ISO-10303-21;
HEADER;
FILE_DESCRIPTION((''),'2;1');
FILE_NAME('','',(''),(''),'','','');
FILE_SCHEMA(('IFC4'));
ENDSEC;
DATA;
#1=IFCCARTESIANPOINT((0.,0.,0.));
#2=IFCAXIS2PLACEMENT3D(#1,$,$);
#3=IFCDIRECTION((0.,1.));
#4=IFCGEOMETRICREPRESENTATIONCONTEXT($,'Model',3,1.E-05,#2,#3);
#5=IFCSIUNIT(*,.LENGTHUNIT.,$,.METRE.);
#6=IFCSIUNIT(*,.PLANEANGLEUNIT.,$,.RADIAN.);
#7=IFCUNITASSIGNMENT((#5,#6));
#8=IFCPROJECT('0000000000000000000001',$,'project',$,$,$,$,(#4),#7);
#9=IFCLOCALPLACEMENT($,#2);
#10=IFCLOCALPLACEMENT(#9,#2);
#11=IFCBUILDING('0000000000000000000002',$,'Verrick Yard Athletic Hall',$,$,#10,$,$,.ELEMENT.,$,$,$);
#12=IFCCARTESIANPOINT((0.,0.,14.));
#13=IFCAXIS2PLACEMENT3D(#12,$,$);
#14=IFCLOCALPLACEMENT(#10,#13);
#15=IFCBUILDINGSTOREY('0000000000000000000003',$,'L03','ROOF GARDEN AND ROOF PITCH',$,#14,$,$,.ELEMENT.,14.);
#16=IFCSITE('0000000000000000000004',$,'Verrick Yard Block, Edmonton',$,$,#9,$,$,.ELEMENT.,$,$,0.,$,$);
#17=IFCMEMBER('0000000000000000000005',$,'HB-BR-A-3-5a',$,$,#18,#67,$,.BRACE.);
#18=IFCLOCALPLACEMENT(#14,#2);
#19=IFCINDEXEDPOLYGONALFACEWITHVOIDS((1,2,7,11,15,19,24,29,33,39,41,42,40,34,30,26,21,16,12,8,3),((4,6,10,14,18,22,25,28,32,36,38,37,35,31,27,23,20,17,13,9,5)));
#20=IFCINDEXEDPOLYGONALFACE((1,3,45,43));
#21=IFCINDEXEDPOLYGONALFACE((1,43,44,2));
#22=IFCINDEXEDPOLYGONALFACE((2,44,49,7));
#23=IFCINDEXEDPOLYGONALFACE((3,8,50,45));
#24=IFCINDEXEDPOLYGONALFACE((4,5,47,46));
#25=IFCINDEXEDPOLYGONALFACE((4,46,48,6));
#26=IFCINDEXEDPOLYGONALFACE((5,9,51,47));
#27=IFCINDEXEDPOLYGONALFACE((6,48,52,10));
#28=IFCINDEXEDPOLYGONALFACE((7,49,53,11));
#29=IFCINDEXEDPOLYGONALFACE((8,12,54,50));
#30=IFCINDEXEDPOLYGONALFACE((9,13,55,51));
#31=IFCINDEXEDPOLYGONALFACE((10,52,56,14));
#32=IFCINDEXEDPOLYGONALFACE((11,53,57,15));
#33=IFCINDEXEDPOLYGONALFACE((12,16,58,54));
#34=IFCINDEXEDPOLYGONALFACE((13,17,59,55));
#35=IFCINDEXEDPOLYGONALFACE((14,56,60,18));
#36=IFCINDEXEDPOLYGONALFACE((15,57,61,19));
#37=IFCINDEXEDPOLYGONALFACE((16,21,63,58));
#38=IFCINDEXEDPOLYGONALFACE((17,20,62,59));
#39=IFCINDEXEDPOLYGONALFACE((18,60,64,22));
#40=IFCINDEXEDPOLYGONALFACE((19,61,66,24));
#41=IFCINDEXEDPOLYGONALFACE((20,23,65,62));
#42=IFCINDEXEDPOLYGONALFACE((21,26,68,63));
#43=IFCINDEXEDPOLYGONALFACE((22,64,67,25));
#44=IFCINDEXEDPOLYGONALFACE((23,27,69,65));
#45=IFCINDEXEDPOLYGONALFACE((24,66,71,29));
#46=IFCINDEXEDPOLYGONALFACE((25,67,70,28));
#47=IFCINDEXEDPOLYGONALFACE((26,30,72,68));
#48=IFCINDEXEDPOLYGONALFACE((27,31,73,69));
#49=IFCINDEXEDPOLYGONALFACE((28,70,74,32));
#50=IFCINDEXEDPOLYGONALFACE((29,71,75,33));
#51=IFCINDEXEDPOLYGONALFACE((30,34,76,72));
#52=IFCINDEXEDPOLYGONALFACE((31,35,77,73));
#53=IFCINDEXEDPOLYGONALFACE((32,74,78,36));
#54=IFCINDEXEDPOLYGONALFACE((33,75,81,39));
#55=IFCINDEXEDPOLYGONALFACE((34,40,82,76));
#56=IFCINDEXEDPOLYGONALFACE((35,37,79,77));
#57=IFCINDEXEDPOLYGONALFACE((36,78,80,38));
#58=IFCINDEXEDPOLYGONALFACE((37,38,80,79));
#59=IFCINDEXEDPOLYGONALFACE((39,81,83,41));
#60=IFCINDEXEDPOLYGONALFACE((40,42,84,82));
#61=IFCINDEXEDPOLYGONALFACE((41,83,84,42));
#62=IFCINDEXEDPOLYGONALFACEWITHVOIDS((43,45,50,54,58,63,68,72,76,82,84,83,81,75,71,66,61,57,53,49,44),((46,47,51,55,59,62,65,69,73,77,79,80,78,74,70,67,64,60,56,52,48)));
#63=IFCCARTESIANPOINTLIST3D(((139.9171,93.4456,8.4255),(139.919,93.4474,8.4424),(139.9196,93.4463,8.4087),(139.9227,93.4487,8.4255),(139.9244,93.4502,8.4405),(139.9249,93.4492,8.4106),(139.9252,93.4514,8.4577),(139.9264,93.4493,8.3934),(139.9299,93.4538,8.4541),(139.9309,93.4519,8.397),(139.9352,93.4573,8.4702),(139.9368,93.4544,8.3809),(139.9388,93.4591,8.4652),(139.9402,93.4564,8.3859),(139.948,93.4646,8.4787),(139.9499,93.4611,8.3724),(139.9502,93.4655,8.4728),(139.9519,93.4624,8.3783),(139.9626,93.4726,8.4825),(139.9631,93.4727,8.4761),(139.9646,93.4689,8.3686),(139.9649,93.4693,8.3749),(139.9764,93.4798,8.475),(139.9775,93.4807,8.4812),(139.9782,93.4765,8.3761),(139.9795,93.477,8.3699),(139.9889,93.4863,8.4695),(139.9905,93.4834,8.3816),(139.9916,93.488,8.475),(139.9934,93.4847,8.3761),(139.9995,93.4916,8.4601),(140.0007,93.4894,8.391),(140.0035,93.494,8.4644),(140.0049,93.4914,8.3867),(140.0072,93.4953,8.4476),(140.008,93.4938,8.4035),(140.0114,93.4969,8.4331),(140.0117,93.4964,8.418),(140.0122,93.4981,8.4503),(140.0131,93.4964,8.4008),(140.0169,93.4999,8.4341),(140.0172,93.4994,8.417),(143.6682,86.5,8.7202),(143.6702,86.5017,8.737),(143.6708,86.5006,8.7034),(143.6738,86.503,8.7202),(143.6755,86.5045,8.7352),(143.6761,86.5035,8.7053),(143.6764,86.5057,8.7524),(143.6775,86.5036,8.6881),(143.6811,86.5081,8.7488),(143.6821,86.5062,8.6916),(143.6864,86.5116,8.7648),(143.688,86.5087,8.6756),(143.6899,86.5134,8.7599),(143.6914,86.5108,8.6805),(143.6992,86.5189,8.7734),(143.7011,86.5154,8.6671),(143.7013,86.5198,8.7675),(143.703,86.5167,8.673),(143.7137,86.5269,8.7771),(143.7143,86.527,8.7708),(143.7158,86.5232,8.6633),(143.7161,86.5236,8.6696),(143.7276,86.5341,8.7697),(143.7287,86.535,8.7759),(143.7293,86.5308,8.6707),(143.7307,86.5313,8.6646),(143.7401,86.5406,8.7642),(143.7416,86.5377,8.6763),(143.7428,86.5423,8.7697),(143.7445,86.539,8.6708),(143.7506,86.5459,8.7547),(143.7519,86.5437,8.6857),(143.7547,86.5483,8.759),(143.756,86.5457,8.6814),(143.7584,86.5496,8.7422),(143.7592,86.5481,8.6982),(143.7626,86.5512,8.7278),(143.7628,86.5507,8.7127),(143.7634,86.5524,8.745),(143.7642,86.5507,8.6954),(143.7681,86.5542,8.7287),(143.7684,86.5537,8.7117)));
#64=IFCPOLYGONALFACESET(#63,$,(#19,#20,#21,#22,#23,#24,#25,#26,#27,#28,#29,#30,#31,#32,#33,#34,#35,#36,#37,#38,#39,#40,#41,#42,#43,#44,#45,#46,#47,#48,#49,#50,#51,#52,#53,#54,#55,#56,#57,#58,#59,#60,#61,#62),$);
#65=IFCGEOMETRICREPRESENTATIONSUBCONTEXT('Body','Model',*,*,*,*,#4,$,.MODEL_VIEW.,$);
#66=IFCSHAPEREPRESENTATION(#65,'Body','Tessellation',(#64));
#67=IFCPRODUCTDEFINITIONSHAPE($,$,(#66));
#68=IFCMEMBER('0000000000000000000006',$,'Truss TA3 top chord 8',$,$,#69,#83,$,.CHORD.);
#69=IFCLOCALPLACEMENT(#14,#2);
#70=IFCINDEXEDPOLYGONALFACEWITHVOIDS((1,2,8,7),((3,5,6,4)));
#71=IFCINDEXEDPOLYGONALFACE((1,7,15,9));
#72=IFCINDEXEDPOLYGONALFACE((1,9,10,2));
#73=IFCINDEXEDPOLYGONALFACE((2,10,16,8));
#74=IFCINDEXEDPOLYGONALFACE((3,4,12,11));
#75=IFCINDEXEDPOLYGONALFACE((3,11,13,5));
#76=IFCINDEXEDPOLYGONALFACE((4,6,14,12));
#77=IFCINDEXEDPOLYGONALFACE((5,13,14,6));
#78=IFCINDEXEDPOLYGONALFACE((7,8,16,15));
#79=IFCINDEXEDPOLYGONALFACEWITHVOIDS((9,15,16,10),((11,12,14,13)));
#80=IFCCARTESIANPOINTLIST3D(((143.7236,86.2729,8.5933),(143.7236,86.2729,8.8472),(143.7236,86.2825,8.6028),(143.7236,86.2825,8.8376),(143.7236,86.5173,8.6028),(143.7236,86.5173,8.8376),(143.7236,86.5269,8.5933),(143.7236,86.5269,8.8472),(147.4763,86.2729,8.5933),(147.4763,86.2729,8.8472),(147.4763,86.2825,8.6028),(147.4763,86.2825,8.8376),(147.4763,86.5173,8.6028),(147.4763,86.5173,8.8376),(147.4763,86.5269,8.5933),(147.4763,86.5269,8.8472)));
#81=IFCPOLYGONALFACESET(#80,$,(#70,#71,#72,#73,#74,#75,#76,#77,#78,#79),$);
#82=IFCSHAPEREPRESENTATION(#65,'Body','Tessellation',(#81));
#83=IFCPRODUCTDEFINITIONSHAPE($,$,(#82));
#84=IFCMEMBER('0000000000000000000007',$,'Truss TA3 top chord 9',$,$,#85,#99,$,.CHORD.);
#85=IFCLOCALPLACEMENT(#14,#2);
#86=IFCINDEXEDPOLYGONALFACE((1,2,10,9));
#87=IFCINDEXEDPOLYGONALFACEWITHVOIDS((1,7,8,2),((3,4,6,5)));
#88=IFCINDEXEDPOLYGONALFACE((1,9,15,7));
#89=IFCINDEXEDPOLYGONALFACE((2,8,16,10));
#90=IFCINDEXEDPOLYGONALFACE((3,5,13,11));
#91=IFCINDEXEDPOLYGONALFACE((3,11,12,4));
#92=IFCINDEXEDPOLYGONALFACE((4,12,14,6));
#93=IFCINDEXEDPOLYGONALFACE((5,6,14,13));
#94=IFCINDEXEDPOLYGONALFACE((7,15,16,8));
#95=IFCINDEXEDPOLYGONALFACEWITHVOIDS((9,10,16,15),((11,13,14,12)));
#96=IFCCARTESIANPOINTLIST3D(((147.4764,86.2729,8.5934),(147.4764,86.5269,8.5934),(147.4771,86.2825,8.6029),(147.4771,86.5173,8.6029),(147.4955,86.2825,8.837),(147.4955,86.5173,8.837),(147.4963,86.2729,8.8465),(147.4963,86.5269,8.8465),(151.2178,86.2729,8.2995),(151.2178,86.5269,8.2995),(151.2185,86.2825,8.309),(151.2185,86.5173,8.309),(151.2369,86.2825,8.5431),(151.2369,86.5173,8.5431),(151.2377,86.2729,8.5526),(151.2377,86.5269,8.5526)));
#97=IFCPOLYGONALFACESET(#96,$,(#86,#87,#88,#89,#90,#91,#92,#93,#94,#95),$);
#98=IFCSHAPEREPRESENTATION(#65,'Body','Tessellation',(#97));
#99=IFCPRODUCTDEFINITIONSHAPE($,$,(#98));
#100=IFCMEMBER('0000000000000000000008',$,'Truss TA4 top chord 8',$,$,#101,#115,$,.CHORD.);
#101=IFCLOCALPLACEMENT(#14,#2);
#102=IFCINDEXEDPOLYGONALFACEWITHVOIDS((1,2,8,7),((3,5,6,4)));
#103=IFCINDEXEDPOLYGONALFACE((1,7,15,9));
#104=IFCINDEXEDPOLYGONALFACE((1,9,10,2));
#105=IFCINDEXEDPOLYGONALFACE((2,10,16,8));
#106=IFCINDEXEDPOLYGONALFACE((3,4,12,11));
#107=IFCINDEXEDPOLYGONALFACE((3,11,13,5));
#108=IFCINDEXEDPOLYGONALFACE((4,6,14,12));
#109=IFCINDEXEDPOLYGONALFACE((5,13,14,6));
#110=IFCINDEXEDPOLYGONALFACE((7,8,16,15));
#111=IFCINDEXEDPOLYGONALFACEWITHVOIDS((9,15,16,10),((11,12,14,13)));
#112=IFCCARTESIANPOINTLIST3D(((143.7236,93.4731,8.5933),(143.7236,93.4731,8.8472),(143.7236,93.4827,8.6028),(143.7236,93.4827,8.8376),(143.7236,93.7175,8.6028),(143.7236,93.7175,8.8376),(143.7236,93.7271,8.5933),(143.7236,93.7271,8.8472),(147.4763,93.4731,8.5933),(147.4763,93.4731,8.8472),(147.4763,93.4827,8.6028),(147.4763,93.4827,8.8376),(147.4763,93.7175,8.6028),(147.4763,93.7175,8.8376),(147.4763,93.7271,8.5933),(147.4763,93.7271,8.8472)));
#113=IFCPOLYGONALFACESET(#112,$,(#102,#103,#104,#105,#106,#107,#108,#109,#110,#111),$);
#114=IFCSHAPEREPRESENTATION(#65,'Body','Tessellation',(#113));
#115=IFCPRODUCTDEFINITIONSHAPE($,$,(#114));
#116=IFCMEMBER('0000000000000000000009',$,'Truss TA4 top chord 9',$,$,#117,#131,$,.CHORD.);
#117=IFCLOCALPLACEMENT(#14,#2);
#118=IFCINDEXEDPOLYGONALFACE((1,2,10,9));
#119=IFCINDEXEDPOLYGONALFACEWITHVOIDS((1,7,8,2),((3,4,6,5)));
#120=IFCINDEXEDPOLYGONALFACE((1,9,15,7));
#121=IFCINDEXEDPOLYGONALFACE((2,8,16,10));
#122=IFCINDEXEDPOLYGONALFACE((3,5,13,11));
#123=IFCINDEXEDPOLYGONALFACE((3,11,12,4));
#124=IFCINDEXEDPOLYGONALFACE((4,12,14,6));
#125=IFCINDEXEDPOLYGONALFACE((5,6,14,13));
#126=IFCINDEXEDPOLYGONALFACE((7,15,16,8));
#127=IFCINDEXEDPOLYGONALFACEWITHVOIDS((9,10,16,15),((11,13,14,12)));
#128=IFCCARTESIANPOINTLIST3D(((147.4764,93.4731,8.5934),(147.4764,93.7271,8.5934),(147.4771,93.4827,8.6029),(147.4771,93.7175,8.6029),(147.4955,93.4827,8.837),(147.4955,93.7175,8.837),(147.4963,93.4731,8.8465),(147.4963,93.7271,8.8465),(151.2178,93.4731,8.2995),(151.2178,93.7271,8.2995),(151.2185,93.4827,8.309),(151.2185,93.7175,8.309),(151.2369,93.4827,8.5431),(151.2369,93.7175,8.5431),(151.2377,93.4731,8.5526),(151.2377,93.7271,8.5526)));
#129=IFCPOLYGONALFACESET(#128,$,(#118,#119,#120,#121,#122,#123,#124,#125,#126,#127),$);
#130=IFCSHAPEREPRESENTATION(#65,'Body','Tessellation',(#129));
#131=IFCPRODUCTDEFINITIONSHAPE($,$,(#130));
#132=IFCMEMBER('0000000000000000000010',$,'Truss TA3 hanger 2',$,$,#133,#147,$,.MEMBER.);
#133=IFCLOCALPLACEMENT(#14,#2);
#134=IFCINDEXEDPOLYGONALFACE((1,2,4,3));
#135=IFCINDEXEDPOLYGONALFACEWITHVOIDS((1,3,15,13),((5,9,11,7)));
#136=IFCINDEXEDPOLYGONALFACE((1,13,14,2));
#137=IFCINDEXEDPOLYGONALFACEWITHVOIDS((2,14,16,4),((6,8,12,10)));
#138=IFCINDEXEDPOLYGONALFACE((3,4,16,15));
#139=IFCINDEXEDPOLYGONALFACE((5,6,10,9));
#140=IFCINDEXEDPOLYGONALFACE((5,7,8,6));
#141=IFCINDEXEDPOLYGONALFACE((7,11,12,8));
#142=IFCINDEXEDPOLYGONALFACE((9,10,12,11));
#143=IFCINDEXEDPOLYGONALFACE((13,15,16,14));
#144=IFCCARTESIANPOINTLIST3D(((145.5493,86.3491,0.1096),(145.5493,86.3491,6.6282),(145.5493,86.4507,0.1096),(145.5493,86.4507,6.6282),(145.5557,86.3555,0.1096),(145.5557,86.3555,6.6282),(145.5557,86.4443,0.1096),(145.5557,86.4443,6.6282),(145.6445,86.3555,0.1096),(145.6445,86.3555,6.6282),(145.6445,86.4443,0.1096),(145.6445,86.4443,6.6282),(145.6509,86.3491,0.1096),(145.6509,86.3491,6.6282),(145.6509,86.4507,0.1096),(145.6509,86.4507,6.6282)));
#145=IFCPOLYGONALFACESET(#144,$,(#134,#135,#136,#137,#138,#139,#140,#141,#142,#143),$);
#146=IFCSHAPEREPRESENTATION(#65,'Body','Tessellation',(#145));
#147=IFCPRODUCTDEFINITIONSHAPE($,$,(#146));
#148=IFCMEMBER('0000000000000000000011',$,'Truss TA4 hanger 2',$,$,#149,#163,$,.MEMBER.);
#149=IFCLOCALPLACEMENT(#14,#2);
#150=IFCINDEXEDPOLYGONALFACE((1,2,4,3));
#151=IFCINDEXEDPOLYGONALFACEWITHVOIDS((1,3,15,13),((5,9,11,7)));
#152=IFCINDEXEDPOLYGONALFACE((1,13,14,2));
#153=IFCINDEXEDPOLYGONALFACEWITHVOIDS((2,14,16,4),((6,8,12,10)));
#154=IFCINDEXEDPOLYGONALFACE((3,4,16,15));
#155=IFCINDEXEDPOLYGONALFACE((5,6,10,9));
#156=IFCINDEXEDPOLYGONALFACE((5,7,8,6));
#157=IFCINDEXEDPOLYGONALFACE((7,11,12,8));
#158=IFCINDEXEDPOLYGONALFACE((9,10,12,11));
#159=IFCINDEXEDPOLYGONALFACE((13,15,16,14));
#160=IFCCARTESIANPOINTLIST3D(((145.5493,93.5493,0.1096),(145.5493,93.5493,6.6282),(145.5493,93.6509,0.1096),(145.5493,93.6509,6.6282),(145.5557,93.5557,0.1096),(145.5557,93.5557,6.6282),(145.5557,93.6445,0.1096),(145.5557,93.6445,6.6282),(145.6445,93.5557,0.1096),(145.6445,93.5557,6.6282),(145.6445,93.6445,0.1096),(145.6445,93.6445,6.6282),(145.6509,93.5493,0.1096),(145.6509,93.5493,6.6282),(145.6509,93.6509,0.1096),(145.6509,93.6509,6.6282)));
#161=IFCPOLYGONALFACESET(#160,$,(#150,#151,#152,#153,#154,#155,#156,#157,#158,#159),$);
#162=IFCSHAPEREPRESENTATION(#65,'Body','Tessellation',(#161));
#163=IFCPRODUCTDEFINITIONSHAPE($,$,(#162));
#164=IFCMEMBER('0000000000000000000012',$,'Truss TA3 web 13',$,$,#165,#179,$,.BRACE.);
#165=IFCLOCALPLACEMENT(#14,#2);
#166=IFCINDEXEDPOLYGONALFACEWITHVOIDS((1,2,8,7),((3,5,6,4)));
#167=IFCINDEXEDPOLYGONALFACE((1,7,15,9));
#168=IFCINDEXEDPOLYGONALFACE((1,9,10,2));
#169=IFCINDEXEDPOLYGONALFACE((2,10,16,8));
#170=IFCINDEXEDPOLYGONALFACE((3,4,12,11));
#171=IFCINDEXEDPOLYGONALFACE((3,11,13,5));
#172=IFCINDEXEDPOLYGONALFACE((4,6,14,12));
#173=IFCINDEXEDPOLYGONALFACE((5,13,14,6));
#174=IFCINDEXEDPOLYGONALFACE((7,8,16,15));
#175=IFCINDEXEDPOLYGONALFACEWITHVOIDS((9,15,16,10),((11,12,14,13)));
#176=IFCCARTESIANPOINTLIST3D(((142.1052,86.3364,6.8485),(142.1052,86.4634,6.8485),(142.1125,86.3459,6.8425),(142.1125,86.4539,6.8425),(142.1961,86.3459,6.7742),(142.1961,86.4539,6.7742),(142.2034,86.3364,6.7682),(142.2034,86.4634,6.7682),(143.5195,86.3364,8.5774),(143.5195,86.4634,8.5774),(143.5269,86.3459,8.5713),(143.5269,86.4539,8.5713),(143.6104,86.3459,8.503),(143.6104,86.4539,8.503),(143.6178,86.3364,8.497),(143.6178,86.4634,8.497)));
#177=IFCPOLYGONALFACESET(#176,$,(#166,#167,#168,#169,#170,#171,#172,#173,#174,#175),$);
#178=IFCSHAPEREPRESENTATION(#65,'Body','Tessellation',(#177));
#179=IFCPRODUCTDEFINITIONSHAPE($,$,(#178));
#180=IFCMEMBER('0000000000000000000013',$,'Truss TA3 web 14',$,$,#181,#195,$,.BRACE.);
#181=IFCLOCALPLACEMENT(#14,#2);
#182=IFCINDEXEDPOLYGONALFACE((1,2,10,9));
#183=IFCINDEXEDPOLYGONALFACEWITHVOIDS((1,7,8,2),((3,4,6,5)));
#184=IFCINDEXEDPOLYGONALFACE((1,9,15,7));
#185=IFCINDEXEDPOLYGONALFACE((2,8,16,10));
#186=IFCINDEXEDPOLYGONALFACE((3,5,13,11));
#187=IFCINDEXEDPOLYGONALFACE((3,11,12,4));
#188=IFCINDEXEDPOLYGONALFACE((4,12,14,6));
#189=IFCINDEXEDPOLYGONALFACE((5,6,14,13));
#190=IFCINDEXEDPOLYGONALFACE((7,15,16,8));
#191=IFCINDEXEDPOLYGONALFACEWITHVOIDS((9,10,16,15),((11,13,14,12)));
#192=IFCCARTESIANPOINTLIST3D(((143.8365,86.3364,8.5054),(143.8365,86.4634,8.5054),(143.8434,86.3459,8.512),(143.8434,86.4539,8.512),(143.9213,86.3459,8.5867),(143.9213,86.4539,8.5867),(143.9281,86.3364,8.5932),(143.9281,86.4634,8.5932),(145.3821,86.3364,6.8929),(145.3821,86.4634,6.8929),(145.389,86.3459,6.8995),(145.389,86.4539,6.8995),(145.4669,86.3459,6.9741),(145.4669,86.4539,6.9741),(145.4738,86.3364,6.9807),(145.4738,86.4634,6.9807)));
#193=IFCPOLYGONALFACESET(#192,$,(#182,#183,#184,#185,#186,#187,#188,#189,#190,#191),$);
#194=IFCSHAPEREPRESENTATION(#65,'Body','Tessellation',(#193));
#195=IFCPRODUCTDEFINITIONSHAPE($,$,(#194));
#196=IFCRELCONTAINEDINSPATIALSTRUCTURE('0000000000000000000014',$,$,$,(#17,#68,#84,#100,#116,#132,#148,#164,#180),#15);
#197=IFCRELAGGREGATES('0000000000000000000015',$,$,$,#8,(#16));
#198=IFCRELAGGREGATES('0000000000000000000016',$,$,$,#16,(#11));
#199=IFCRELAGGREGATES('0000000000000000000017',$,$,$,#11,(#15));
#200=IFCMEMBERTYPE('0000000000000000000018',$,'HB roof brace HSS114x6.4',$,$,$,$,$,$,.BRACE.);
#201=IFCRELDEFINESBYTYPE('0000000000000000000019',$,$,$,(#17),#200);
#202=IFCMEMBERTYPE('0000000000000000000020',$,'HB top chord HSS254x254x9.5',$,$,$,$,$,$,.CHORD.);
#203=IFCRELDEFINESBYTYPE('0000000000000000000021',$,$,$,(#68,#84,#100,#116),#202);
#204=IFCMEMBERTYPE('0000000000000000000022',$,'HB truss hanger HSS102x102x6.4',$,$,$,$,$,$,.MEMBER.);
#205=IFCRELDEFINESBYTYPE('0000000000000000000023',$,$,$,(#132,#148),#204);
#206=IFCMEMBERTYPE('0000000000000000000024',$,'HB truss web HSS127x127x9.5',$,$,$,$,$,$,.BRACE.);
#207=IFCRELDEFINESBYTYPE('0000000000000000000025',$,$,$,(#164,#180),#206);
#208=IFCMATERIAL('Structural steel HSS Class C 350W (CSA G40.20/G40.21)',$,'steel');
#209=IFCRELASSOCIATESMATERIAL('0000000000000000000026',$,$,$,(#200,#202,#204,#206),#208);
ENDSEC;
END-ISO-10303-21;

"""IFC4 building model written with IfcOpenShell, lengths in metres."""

from ifc_helpers import new_model, si_unit, direction, frame, origin, origin_2d, place, context, subcontext, project, spatial, hollow_rectangle, hollow_circle, extrude, material, material_profile, profile_set, type_object, element, save


model = new_model("IFC4")

# Units and contexts
model_context = context("Model", 3, precision=1e-05, world=origin(), true_north=direction((0.0, 1.0)))
body_context = subcontext(model_context, "Body", "Model", "MODEL_VIEW")
ifc_project = project(units=[si_unit("LENGTHUNIT", "METRE"), si_unit("PLANEANGLEUNIT", "RADIAN")], contexts=[model_context])

# Site, building, storey
site_placement = place(None, origin())
site = spatial("IfcSite", under=ifc_project, at=site_placement, Name="Verrick Yard Block, Edmonton", CompositionType="ELEMENT", RefElevation=0.0)
building_placement = place(site_placement, origin())
building = spatial("IfcBuilding", under=site, at=building_placement, Name="Verrick Yard Athletic Hall", CompositionType="ELEMENT")
storey_placement = place(building_placement, frame((0.0, 0.0, 14.0)))
storey = spatial("IfcBuildingStorey", under=building, at=storey_placement, Name="L03", Description="ROOF GARDEN AND ROOF PITCH", CompositionType="ELEMENT", Elevation=14.0)

# Members
ifc_material_1 = material(Name="Structural steel HSS Class C 350W (CSA G40.20/G40.21)", Category="steel")
ifc_material_profile_1 = material_profile(ifc_material_1, hollow_circle(Radius=0.0571, WallThickness=0.0063, at=origin_2d()), Name="HSS114x6.4")
ifc_profile_set_1 = profile_set([ifc_material_profile_1], Name="Structural steel HSS Class C 350W (CSA G40.20/G40.21)")
member_type_1 = type_object("IfcMemberType", Name="HB roof brace HSS114x6.4", PredefinedType="BRACE", material=ifc_profile_set_1)
member_1_placement = place(storey_placement, frame((143.7185, 86.5271, 8.7202), z_axis=(-0.474866, 0.879267, -0.037303), x_axis=(-0.87988, -0.475197, 0.0)))
element("IfcMember", 1, at=member_1_placement, inside=storey, type_object=member_type_1, Name="HB-BR-A-3-5a", PredefinedType="BRACE", context=body_context, shape_type="SweptSolid", body=[
    extrude(hollow_circle(Radius=0.0571, WallThickness=0.0063, at=origin_2d()), origin(), (0.0, 0.0, 1.0), 7.8994),
])
ifc_material_profile_2 = material_profile(ifc_material_1, hollow_rectangle(XDim=0.2539, YDim=0.2539, WallThickness=0.0095, at=origin_2d()), Name="HSS254x254x9.5")
ifc_profile_set_2 = profile_set([ifc_material_profile_2], Name="Structural steel HSS Class C 350W (CSA G40.20/G40.21)")
member_type_2 = type_object("IfcMemberType", Name="HB top chord HSS254x254x9.5", PredefinedType="CHORD", material=ifc_profile_set_2)
member_2_placement = place(storey_placement, frame((143.7236, 86.3999, 8.7202), z_axis=(1.0, 0.0, 0.0), x_axis=(0.0, 1.0, 0.0)))
element("IfcMember", 2, at=member_2_placement, inside=storey, type_object=member_type_2, Name="Truss TA3 top chord 8", PredefinedType="CHORD", context=body_context, shape_type="SweptSolid", body=[
    extrude(hollow_rectangle(XDim=0.2539, YDim=0.2539, WallThickness=0.0095, at=origin_2d()), origin(), (0.0, 0.0, 1.0), 3.7527),
])
member_3_placement = place(storey_placement, frame((147.4863, 86.3999, 8.72), z_axis=(0.996928, 0.0, -0.078323), x_axis=(0.0, 1.0, 0.0)))
element("IfcMember", 3, at=member_3_placement, inside=storey, type_object=member_type_2, Name="Truss TA3 top chord 9", PredefinedType="CHORD", context=body_context, shape_type="SweptSolid", body=[
    extrude(hollow_rectangle(XDim=0.2539, YDim=0.2539, WallThickness=0.0095, at=origin_2d()), origin(), (0.0, 0.0, 1.0), 3.7529),
])
member_4_placement = place(storey_placement, frame((143.7236, 93.6001, 8.7202), z_axis=(1.0, 0.0, 0.0), x_axis=(0.0, 1.0, 0.0)))
element("IfcMember", 4, at=member_4_placement, inside=storey, type_object=member_type_2, Name="Truss TA4 top chord 8", PredefinedType="CHORD", context=body_context, shape_type="SweptSolid", body=[
    extrude(hollow_rectangle(XDim=0.2539, YDim=0.2539, WallThickness=0.0095, at=origin_2d()), origin(), (0.0, 0.0, 1.0), 3.7527),
])
member_5_placement = place(storey_placement, frame((147.4863, 93.6001, 8.72), z_axis=(0.996928, 0.0, -0.078323), x_axis=(0.0, 1.0, 0.0)))
element("IfcMember", 5, at=member_5_placement, inside=storey, type_object=member_type_2, Name="Truss TA4 top chord 9", PredefinedType="CHORD", context=body_context, shape_type="SweptSolid", body=[
    extrude(hollow_rectangle(XDim=0.2539, YDim=0.2539, WallThickness=0.0095, at=origin_2d()), origin(), (0.0, 0.0, 1.0), 3.7529),
])
ifc_material_profile_3 = material_profile(ifc_material_1, hollow_rectangle(XDim=0.1016, YDim=0.1016, WallThickness=0.0063, at=origin_2d()), Name="HSS102x102x6.4")
ifc_profile_set_3 = profile_set([ifc_material_profile_3], Name="Structural steel HSS Class C 350W (CSA G40.20/G40.21)")
member_type_3 = type_object("IfcMemberType", Name="HB truss hanger HSS102x102x6.4", PredefinedType="MEMBER", material=ifc_profile_set_3)
for number, where, z_axis, x_axis, name in (
    (6, (145.6001, 86.3999, 6.6282), (0.0, 0.0, -1.0), (0.0, -1.0, 0.0), "Truss TA3 hanger 2"),
    (7, (145.6001, 93.6001, 6.6282), (0.0, 0.0, -1.0), (0.0, -1.0, 0.0), "Truss TA4 hanger 2"),
):
    element("IfcMember", number, at=place(storey_placement, frame(where, z_axis=z_axis, x_axis=x_axis)), inside=storey, type_object=member_type_3, Name=name, PredefinedType="MEMBER", context=body_context, shape_type="SweptSolid", body=[
        extrude(hollow_rectangle(XDim=0.1016, YDim=0.1016, WallThickness=0.0063, at=origin_2d()), origin(), (0.0, 0.0, 1.0), 6.5186),
    ])
ifc_material_profile_4 = material_profile(ifc_material_1, hollow_rectangle(XDim=0.127, YDim=0.127, WallThickness=0.0095, at=origin_2d()), Name="HSS127x127x9.5")
ifc_profile_set_4 = profile_set([ifc_material_profile_4], Name="Structural steel HSS Class C 350W (CSA G40.20/G40.21)")
member_type_4 = type_object("IfcMemberType", Name="HB truss web HSS127x127x9.5", PredefinedType="BRACE", material=ifc_profile_set_4)
for number, where, z_axis, x_axis, name in (
    (8, (142.1543, 86.3999, 6.8083), (0.633202, 0.0, 0.773987), (0.0, 1.0, 0.0), "Truss TA3 web 13"),
    (9, (143.8823, 86.3999, 8.5493), (0.691974, 0.0, -0.721922), (0.0, 1.0, 0.0), "Truss TA3 web 14"),
):
    element("IfcMember", number, at=place(storey_placement, frame(where, z_axis=z_axis, x_axis=x_axis)), inside=storey, type_object=member_type_4, Name=name, PredefinedType="BRACE", context=body_context, shape_type="SweptSolid", body=[
        extrude(hollow_rectangle(XDim=0.127, YDim=0.127, WallThickness=0.0095, at=origin_2d()), origin(), (0.0, 0.0, 1.0), 2.2336),
    ])

save(model, "model.ifc")
